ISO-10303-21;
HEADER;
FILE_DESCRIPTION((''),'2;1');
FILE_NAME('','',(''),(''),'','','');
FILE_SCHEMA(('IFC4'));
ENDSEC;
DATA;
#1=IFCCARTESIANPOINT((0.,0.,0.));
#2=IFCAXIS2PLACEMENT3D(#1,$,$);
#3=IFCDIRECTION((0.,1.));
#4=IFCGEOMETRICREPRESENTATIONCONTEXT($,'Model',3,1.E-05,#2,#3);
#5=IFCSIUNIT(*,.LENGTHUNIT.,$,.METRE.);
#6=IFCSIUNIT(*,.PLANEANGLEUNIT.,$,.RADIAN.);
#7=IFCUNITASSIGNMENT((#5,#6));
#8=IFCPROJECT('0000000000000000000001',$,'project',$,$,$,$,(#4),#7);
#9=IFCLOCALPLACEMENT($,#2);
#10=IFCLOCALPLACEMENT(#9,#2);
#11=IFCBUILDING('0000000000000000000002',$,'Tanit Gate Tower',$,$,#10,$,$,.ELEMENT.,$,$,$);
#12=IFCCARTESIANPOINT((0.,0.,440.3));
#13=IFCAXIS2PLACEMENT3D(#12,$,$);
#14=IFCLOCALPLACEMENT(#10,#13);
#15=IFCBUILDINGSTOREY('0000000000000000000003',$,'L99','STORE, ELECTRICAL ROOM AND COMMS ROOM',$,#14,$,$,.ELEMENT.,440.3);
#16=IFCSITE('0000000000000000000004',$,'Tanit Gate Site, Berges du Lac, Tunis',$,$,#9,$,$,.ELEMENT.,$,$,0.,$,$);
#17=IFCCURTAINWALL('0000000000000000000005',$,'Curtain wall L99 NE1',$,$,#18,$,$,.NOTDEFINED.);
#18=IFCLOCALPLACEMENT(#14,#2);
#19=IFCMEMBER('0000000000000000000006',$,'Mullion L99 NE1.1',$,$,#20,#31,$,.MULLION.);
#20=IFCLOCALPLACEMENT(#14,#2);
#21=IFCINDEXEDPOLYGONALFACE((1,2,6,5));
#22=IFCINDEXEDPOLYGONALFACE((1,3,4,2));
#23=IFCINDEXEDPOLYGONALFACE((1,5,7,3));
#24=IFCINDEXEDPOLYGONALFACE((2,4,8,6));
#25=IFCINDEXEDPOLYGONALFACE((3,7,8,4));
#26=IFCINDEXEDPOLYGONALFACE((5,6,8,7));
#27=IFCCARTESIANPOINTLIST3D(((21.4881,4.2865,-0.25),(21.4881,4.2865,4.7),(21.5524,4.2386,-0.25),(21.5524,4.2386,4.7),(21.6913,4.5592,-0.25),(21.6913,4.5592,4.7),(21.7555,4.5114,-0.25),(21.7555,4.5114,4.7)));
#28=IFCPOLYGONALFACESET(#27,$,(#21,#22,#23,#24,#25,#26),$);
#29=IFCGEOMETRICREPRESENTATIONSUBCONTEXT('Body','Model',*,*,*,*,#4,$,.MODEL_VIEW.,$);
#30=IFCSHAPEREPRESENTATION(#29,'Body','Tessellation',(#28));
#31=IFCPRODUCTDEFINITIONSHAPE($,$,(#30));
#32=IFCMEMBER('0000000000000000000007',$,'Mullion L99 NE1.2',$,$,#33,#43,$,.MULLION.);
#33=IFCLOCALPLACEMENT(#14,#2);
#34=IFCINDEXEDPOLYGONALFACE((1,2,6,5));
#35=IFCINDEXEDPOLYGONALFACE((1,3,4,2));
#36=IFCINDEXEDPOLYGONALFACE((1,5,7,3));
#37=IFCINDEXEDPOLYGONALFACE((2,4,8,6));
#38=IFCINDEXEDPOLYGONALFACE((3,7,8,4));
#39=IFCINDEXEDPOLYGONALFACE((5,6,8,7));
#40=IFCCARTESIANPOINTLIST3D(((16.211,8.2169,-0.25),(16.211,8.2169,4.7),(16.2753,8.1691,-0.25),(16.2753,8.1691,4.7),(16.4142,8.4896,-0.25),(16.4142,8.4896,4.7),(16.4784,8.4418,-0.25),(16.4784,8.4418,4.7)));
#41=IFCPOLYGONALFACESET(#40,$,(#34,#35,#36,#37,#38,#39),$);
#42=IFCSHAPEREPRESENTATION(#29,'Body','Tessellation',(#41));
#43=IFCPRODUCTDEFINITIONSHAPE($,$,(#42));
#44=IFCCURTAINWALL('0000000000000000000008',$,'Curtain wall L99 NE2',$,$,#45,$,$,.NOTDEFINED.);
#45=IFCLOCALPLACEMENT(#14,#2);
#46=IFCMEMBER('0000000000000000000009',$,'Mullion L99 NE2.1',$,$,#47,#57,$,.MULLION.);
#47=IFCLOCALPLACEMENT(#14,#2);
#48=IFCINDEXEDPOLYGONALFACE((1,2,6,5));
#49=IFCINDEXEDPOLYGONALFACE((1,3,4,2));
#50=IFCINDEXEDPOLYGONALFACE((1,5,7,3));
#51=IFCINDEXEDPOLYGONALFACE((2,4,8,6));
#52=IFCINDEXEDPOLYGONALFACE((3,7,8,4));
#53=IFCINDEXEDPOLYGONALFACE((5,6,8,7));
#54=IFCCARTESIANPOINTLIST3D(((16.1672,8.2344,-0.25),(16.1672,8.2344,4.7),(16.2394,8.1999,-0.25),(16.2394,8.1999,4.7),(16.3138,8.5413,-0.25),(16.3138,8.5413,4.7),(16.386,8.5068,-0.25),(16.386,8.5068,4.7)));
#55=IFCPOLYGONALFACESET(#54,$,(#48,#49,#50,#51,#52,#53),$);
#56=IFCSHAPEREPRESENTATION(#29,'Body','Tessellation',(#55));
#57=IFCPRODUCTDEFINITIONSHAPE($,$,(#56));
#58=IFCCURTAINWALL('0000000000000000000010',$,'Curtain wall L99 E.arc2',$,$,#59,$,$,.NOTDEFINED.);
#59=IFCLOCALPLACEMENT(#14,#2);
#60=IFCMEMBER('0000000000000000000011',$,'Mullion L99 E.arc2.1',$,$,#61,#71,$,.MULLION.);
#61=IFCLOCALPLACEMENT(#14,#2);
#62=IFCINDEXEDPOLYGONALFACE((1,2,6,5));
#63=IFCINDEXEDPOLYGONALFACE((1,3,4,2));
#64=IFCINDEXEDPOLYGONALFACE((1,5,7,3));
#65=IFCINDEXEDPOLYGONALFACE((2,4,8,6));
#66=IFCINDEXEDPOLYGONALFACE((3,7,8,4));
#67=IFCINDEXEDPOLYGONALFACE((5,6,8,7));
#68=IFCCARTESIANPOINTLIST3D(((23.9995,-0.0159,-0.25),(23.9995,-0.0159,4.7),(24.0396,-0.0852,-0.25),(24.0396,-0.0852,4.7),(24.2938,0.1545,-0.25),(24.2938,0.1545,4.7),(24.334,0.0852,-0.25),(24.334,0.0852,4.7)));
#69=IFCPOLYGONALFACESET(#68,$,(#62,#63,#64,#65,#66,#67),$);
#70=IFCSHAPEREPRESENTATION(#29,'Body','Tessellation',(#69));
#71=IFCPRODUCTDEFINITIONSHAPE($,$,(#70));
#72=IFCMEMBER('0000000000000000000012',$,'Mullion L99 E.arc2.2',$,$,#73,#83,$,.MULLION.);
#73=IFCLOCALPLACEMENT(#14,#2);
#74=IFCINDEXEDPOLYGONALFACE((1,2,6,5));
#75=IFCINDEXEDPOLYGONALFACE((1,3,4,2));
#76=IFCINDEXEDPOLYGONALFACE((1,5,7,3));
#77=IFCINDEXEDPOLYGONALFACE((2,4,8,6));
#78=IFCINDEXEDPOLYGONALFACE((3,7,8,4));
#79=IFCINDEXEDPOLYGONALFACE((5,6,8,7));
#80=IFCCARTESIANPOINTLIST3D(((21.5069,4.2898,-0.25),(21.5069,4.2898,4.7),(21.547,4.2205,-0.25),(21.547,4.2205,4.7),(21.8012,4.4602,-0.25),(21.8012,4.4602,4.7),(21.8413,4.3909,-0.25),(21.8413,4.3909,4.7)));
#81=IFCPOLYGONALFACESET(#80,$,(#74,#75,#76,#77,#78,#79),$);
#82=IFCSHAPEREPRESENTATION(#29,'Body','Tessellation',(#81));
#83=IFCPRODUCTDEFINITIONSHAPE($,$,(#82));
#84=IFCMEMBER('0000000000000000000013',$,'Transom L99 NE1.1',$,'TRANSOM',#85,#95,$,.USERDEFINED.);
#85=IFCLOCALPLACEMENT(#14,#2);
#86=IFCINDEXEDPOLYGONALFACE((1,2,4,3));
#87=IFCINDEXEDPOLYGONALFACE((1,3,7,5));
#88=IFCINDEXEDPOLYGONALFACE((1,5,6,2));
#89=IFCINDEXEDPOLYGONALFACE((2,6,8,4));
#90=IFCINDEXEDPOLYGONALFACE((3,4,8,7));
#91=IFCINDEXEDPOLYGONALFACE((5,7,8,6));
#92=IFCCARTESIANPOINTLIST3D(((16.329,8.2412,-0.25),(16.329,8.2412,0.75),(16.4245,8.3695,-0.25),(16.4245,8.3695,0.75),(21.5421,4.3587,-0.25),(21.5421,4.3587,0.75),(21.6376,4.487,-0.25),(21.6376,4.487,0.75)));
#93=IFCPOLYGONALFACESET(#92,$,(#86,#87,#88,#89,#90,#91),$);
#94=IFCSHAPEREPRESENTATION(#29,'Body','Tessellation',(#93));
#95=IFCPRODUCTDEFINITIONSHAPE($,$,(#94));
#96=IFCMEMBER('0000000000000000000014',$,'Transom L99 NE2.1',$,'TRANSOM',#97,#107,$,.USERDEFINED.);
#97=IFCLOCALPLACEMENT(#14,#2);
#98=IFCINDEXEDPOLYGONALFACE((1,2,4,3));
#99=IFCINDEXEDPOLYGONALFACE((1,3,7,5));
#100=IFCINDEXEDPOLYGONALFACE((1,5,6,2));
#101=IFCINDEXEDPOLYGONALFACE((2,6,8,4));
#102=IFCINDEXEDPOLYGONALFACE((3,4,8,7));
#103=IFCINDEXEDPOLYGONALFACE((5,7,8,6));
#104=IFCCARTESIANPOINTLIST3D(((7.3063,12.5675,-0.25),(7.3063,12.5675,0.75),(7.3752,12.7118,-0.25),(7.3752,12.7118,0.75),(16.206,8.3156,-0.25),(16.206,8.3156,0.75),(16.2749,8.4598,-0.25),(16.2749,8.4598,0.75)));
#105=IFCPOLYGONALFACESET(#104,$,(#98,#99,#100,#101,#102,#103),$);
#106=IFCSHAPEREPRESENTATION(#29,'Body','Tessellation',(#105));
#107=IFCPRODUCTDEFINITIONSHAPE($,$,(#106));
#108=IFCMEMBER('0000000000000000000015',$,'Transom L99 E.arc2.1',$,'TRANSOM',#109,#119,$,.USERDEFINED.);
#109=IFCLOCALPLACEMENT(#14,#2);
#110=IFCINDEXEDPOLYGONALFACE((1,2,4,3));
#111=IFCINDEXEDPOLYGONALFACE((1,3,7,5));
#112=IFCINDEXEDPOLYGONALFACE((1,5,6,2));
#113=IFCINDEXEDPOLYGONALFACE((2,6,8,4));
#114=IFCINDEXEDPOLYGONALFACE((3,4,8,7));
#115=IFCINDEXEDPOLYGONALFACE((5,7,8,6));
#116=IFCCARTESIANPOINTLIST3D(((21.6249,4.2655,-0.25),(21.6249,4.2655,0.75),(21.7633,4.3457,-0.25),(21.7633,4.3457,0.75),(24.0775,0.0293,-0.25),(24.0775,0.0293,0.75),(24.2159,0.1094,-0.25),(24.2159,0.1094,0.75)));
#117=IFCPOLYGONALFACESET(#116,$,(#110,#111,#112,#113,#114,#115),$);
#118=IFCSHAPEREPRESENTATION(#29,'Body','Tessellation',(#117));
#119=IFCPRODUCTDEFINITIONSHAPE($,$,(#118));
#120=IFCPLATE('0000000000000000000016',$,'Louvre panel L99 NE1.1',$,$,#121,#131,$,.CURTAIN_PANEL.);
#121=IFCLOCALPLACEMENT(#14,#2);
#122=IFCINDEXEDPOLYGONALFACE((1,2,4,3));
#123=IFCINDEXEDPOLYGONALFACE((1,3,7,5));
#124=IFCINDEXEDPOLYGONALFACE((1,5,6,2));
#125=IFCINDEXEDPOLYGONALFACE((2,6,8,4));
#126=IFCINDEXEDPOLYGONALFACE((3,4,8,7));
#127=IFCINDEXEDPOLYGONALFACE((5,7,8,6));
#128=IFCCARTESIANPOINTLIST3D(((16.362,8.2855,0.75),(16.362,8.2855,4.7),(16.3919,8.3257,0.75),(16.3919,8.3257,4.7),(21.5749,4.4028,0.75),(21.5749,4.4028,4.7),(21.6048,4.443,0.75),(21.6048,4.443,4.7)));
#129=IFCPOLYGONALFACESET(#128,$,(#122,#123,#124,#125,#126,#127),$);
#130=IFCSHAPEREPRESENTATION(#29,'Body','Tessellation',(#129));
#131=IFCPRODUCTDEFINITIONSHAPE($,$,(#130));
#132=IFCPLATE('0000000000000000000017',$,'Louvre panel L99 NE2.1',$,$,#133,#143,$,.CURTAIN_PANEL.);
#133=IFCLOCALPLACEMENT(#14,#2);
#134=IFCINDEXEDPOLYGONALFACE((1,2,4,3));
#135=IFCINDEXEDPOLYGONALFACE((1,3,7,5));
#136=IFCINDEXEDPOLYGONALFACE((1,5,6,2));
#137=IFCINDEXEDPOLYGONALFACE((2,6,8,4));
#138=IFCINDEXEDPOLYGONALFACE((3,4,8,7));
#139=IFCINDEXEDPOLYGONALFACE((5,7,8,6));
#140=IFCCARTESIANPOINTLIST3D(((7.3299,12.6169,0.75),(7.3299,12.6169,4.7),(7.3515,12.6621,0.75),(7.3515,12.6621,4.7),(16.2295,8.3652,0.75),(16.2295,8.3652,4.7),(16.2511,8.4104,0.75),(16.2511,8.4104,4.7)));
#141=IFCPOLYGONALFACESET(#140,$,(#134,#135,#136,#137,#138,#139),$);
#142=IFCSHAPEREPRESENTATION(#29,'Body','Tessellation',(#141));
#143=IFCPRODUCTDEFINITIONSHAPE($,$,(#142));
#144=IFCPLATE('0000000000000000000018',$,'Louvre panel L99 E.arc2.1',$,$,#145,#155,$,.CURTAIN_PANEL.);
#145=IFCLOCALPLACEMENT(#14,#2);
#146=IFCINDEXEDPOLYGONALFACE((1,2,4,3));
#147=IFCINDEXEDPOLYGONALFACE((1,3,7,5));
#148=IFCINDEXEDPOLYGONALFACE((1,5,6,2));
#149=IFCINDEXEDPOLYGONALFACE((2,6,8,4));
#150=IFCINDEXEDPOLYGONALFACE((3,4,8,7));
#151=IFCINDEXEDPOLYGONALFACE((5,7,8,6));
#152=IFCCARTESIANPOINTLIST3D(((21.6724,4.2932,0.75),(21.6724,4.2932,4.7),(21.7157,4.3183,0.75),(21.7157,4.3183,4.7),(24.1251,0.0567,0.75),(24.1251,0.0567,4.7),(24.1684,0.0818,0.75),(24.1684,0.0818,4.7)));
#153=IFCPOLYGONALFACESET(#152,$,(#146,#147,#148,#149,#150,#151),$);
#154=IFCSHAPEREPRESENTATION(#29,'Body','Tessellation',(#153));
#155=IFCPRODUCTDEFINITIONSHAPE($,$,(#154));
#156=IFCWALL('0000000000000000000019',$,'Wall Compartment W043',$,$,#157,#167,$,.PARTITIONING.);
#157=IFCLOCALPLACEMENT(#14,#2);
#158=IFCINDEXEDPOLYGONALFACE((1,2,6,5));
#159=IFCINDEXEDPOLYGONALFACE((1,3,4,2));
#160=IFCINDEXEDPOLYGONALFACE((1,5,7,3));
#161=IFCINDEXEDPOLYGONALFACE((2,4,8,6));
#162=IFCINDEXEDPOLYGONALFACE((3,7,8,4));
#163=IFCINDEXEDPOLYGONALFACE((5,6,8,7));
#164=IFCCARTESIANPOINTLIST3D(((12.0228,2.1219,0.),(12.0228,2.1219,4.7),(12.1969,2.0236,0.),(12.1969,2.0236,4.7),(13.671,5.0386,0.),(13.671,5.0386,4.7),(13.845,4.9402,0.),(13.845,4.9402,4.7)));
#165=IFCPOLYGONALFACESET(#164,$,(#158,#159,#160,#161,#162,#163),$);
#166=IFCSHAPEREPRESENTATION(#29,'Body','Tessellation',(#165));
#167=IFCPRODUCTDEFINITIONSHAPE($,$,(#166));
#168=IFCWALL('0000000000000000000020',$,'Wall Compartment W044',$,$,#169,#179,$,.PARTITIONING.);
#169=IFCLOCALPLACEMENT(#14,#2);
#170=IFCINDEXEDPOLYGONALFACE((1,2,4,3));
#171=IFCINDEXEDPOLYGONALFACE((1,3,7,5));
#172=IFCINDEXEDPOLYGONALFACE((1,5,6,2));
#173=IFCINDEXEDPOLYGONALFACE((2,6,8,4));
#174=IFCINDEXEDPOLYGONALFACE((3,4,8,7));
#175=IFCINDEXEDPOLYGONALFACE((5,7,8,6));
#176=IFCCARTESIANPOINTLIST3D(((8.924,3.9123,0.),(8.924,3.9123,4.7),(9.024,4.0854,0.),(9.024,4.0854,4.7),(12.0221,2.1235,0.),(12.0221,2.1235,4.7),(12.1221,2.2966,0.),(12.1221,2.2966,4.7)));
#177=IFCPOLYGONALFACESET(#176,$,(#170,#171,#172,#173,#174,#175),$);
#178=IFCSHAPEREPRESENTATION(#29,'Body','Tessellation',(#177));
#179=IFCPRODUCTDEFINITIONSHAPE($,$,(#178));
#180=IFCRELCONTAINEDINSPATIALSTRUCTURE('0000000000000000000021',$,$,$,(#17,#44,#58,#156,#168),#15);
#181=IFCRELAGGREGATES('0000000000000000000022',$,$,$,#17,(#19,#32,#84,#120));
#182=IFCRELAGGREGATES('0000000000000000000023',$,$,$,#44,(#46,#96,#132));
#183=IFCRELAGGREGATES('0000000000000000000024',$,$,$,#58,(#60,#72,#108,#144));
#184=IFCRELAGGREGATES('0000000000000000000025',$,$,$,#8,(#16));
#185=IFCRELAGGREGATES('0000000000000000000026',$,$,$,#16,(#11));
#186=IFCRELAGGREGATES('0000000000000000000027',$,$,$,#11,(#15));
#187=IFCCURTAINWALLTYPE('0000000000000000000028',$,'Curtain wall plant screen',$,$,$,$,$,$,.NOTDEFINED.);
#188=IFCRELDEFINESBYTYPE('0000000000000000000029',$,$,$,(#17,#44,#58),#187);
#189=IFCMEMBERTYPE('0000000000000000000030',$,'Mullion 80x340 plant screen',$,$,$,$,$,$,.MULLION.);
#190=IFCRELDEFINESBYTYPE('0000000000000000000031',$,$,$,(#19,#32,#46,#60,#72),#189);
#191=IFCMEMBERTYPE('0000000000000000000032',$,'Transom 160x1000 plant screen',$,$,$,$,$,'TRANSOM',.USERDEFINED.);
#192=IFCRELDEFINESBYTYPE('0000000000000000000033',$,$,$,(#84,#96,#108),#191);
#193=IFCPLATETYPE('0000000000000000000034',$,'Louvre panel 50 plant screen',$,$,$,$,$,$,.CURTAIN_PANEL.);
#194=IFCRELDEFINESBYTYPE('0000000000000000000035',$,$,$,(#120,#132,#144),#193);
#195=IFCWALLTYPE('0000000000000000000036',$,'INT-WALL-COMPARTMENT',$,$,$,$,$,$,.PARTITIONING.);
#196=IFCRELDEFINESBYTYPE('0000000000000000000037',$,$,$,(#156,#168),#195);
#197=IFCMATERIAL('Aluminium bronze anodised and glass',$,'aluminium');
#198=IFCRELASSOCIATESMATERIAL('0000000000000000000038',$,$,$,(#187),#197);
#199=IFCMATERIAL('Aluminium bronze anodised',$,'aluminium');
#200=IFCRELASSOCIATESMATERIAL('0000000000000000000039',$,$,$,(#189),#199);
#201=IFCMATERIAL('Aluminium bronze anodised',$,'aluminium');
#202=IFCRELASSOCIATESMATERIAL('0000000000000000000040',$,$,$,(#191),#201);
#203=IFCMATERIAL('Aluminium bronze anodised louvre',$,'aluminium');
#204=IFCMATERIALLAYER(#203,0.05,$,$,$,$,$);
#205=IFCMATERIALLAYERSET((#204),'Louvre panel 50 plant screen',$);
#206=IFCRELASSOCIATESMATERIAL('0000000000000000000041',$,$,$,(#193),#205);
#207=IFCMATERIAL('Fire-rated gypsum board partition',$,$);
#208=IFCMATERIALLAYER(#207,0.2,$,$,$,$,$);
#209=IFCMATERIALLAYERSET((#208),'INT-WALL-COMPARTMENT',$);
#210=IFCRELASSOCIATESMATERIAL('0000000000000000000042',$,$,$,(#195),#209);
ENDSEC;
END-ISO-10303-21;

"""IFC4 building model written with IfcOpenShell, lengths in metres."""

from ifc_helpers import new_model, si_unit, direction, frame, frame_2d, origin, origin_2d, place, context, subcontext, project, spatial, rectangle, extrude, material, layer, layer_set, material_profile, profile_set, type_object, element, aggregate, save


model = new_model("IFC4")

# Units and contexts
model_context = context("Model", 3, precision=1e-05, world=origin(), true_north=direction((0.0, 1.0)))
body_context = subcontext(model_context, "Body", "Model", "MODEL_VIEW")
ifc_project = project(units=[si_unit("LENGTHUNIT", "METRE"), si_unit("PLANEANGLEUNIT", "RADIAN")], contexts=[model_context])

# Site, building, storey
site_placement = place(None, origin())
site = spatial("IfcSite", under=ifc_project, at=site_placement, Name="Tanit Gate Site, Berges du Lac, Tunis", CompositionType="ELEMENT", RefElevation=0.0)
building_placement = place(site_placement, origin())
building = spatial("IfcBuilding", under=site, at=building_placement, Name="Tanit Gate Tower", CompositionType="ELEMENT")
storey_placement = place(building_placement, frame((0.0, 0.0, 440.3)))
storey = spatial("IfcBuildingStorey", under=building, at=storey_placement, Name="L99", Description="STORE, ELECTRICAL ROOM AND COMMS ROOM", CompositionType="ELEMENT", Elevation=440.3)

# Curtain wall, members
ifc_material_1 = material(Name="Aluminium bronze anodised and glass", Category="aluminium")
curtain_wall_type = type_object("IfcCurtainWallType", Name="Curtain wall plant screen", PredefinedType="NOTDEFINED", material=ifc_material_1)
curtain_wall_1_placement = place(storey_placement, origin())
curtain_wall_1 = element("IfcCurtainWall", 1, at=curtain_wall_1_placement, inside=storey, type_object=curtain_wall_type, Name="Curtain wall L99 NE1", PredefinedType="NOTDEFINED")
ifc_material_2 = material(Name="Aluminium bronze anodised", Category="aluminium")
ifc_material_profile_1 = material_profile(ifc_material_2, rectangle(XDim=0.3401, YDim=0.0801, at=origin_2d()), Name="80x340 bronze mullion")
ifc_profile_set_1 = profile_set([ifc_material_profile_1], Name="Aluminium bronze anodised")
member_type_1 = type_object("IfcMemberType", Name="Mullion 80x340 plant screen", PredefinedType="MULLION", material=ifc_profile_set_1)
member_1_placement = place(storey_placement, frame((21.6218, 4.3989, -0.25), z_axis=(0.0, 0.0, 1.0), x_axis=(-0.597341, -0.801988, 0.0)))
member_1 = element("IfcMember", 2, at=member_1_placement, type_object=member_type_1, Name="Mullion L99 NE1.1", PredefinedType="MULLION", context=body_context, shape_type="SweptSolid", body=[
    extrude(rectangle(XDim=0.3401, YDim=0.0801, at=origin_2d()), origin(), (0.0, 0.0, 1.0), 4.95),
])
member_2_placement = place(storey_placement, frame((16.3447, 8.3293, -0.25), z_axis=(0.0, 0.0, 1.0), x_axis=(-0.597341, -0.801988, 0.0)))
member_2 = element("IfcMember", 3, at=member_2_placement, type_object=member_type_1, Name="Mullion L99 NE1.2", PredefinedType="MULLION", context=body_context, shape_type="SweptSolid", body=[
    extrude(rectangle(XDim=0.3401, YDim=0.0801, at=origin_2d()), origin(), (0.0, 0.0, 1.0), 4.95),
])

# Curtain wall, member
curtain_wall_2_placement = place(storey_placement, origin())
curtain_wall_2 = element("IfcCurtainWall", 4, at=curtain_wall_2_placement, inside=storey, type_object=curtain_wall_type, Name="Curtain wall L99 NE2", PredefinedType="NOTDEFINED")
member_3_placement = place(storey_placement, frame((16.2766, 8.3706, -0.25), z_axis=(0.0, 0.0, 1.0), x_axis=(-0.431073, -0.902317, 0.0)))
member_3 = element("IfcMember", 5, at=member_3_placement, type_object=member_type_1, Name="Mullion L99 NE2.1", PredefinedType="MULLION", context=body_context, shape_type="SweptSolid", body=[
    extrude(rectangle(XDim=0.3401, YDim=0.0801, at=origin_2d()), origin(), (0.0, 0.0, 1.0), 4.95),
])

# Curtain wall, members
curtain_wall_3_placement = place(storey_placement, origin())
curtain_wall_3 = element("IfcCurtainWall", 6, at=curtain_wall_3_placement, inside=storey, type_object=curtain_wall_type, Name="Curtain wall L99 E.arc2", PredefinedType="NOTDEFINED")
member_4_placement = place(storey_placement, frame((24.1667, 0.0347, -0.25), z_axis=(0.0, 0.0, 1.0), x_axis=(-0.865425, -0.501038, 0.0)))
member_4 = element("IfcMember", 7, at=member_4_placement, type_object=member_type_1, Name="Mullion L99 E.arc2.1", PredefinedType="MULLION", context=body_context, shape_type="SweptSolid", body=[
    extrude(rectangle(XDim=0.3401, YDim=0.0801, at=origin_2d()), origin(), (0.0, 0.0, 1.0), 4.95),
])
member_5_placement = place(storey_placement, frame((21.6741, 4.3403, -0.25), z_axis=(0.0, 0.0, 1.0), x_axis=(-0.865425, -0.501038, 0.0)))
member_5 = element("IfcMember", 8, at=member_5_placement, type_object=member_type_1, Name="Mullion L99 E.arc2.2", PredefinedType="MULLION", context=body_context, shape_type="SweptSolid", body=[
    extrude(rectangle(XDim=0.3401, YDim=0.0801, at=origin_2d()), origin(), (0.0, 0.0, 1.0), 4.95),
])

# Members
ifc_material_3 = material(Name="Aluminium bronze anodised", Category="aluminium")
ifc_material_profile_2 = material_profile(ifc_material_3, rectangle(XDim=0.1599, YDim=1.0, at=origin_2d()), Name="160x1000 bronze transom")
ifc_profile_set_2 = profile_set([ifc_material_profile_2], Name="Aluminium bronze anodised")
member_type_2 = type_object("IfcMemberType", Name="Transom 160x1000 plant screen", ElementType="TRANSOM", PredefinedType="USERDEFINED", material=ifc_profile_set_2)
member_6_placement = place(storey_placement, frame((21.5898, 4.4229, 0.25), z_axis=(-0.80201, 0.59731, 0.0), x_axis=(-0.59731, -0.80201, 0.0)))
member_6 = element("IfcMember", 9, at=member_6_placement, type_object=member_type_2, Name="Transom L99 NE1.1", ObjectType="TRANSOM", PredefinedType="USERDEFINED", context=body_context, shape_type="SweptSolid", body=[
    extrude(rectangle(XDim=0.1599, YDim=1.0, at=origin_2d()), origin(), (0.0, 0.0, 1.0), 6.5),
])
member_7_placement = place(storey_placement, frame((16.2405, 8.3877, 0.25), z_axis=(-0.902308, 0.431092, 0.0), x_axis=(-0.431092, -0.902308, 0.0)))
member_7 = element("IfcMember", 10, at=member_7_placement, type_object=member_type_2, Name="Transom L99 NE2.1", ObjectType="TRANSOM", PredefinedType="USERDEFINED", context=body_context, shape_type="SweptSolid", body=[
    extrude(rectangle(XDim=0.1599, YDim=1.0, at=origin_2d()), origin(), (0.0, 0.0, 1.0), 9.8633),
])
member_8_placement = place(storey_placement, frame((24.1467, 0.0693, 0.25), z_axis=(-0.50104, 0.865424, 0.0), x_axis=(-0.865424, -0.50104, 0.0)))
member_8 = element("IfcMember", 11, at=member_8_placement, type_object=member_type_2, Name="Transom L99 E.arc2.1", ObjectType="TRANSOM", PredefinedType="USERDEFINED", context=body_context, shape_type="SweptSolid", body=[
    extrude(rectangle(XDim=0.1599, YDim=1.0, at=origin_2d()), origin(), (0.0, 0.0, 1.0), 4.895),
])

# Plates
ifc_material_4 = material(Name="Aluminium bronze anodised louvre", Category="aluminium")
ifc_layer_1 = layer(ifc_material_4, 0.05)
ifc_layer_set_1 = layer_set([ifc_layer_1], Name="Louvre panel 50 plant screen")
plate_type = type_object("IfcPlateType", Name="Louvre panel 50 plant screen", PredefinedType="CURTAIN_PANEL", material=ifc_layer_set_1)
plate_1_placement = place(storey_placement, frame((18.9834, 6.3643, 0.75), z_axis=(0.0, 0.0, 1.0), x_axis=(-0.801988, 0.597341, 0.0)))
plate_1 = element("IfcPlate", 12, at=plate_1_placement, type_object=plate_type, Name="Louvre panel L99 NE1.1", PredefinedType="CURTAIN_PANEL", context=body_context, shape_type="SweptSolid", body=[
    extrude(rectangle(XDim=6.5, YDim=0.05, at=origin_2d()), origin(), (0.0, 0.0, 1.0), 3.95),
])
aggregate(curtain_wall_1, [member_1, member_2, member_6, plate_1])
plate_2_placement = place(storey_placement, frame((11.7905, 10.5137, 0.75), z_axis=(0.0, 0.0, 1.0), x_axis=(-0.902317, 0.431073, 0.0)))
plate_2 = element("IfcPlate", 13, at=plate_2_placement, type_object=plate_type, Name="Louvre panel L99 NE2.1", PredefinedType="CURTAIN_PANEL", context=body_context, shape_type="SweptSolid", body=[
    extrude(rectangle(XDim=9.863, YDim=0.05, at=origin_2d()), origin(), (0.0, 0.0, 1.0), 3.95),
])
aggregate(curtain_wall_2, [member_3, member_7, plate_2])
plate_3_placement = place(storey_placement, frame((22.9204, 2.1875, 0.75), z_axis=(0.0, 0.0, 1.0), x_axis=(-0.501038, 0.865425, 0.0)))
plate_3 = element("IfcPlate", 14, at=plate_3_placement, type_object=plate_type, Name="Louvre panel L99 E.arc2.1", PredefinedType="CURTAIN_PANEL", context=body_context, shape_type="SweptSolid", body=[
    extrude(rectangle(XDim=4.8953, YDim=0.05, at=origin_2d()), origin(), (0.0, 0.0, 1.0), 3.95),
])
aggregate(curtain_wall_3, [member_4, member_5, member_8, plate_3])

# Walls
ifc_material_5 = material(Name="Fire-rated gypsum board partition")
ifc_layer_2 = layer(ifc_material_5, 0.2)
ifc_layer_set_2 = layer_set([ifc_layer_2], Name="INT-WALL-COMPARTMENT")
wall_type_1 = type_object("IfcWallType", Name="INT-WALL-COMPARTMENT", PredefinedType="PARTITIONING", material=ifc_layer_set_2)
wall_1_placement = place(storey_placement, frame((12.1099, 2.0728, 0.0), z_axis=(0.0, 0.0, 1.0), x_axis=(0.491966, 0.870614, 0.0)))
element("IfcWall", 15, at=wall_1_placement, inside=storey, type_object=wall_type_1, Name="Wall Compartment W043", PredefinedType="PARTITIONING", context=body_context, shape_type="SweptSolid", body=[
    extrude(rectangle(XDim=3.3501, YDim=0.2, at=frame_2d((1.675, 0.0))), origin(), (0.0, 0.0, 1.0), 4.7),
])
wall_2_placement = place(storey_placement, frame((8.9741, 3.9988, 0.0), z_axis=(0.0, 0.0, 1.0), x_axis=(0.866013, -0.500022, 0.0)))
element("IfcWall", 16, at=wall_2_placement, inside=storey, type_object=wall_type_1, Name="Wall Compartment W044", PredefinedType="PARTITIONING", context=body_context, shape_type="SweptSolid", body=[
    extrude(rectangle(XDim=3.5774, YDim=0.2, at=frame_2d((1.7886, 0.0))), origin(), (0.0, 0.0, 1.0), 4.7),
])

save(model, "model.ifc")
